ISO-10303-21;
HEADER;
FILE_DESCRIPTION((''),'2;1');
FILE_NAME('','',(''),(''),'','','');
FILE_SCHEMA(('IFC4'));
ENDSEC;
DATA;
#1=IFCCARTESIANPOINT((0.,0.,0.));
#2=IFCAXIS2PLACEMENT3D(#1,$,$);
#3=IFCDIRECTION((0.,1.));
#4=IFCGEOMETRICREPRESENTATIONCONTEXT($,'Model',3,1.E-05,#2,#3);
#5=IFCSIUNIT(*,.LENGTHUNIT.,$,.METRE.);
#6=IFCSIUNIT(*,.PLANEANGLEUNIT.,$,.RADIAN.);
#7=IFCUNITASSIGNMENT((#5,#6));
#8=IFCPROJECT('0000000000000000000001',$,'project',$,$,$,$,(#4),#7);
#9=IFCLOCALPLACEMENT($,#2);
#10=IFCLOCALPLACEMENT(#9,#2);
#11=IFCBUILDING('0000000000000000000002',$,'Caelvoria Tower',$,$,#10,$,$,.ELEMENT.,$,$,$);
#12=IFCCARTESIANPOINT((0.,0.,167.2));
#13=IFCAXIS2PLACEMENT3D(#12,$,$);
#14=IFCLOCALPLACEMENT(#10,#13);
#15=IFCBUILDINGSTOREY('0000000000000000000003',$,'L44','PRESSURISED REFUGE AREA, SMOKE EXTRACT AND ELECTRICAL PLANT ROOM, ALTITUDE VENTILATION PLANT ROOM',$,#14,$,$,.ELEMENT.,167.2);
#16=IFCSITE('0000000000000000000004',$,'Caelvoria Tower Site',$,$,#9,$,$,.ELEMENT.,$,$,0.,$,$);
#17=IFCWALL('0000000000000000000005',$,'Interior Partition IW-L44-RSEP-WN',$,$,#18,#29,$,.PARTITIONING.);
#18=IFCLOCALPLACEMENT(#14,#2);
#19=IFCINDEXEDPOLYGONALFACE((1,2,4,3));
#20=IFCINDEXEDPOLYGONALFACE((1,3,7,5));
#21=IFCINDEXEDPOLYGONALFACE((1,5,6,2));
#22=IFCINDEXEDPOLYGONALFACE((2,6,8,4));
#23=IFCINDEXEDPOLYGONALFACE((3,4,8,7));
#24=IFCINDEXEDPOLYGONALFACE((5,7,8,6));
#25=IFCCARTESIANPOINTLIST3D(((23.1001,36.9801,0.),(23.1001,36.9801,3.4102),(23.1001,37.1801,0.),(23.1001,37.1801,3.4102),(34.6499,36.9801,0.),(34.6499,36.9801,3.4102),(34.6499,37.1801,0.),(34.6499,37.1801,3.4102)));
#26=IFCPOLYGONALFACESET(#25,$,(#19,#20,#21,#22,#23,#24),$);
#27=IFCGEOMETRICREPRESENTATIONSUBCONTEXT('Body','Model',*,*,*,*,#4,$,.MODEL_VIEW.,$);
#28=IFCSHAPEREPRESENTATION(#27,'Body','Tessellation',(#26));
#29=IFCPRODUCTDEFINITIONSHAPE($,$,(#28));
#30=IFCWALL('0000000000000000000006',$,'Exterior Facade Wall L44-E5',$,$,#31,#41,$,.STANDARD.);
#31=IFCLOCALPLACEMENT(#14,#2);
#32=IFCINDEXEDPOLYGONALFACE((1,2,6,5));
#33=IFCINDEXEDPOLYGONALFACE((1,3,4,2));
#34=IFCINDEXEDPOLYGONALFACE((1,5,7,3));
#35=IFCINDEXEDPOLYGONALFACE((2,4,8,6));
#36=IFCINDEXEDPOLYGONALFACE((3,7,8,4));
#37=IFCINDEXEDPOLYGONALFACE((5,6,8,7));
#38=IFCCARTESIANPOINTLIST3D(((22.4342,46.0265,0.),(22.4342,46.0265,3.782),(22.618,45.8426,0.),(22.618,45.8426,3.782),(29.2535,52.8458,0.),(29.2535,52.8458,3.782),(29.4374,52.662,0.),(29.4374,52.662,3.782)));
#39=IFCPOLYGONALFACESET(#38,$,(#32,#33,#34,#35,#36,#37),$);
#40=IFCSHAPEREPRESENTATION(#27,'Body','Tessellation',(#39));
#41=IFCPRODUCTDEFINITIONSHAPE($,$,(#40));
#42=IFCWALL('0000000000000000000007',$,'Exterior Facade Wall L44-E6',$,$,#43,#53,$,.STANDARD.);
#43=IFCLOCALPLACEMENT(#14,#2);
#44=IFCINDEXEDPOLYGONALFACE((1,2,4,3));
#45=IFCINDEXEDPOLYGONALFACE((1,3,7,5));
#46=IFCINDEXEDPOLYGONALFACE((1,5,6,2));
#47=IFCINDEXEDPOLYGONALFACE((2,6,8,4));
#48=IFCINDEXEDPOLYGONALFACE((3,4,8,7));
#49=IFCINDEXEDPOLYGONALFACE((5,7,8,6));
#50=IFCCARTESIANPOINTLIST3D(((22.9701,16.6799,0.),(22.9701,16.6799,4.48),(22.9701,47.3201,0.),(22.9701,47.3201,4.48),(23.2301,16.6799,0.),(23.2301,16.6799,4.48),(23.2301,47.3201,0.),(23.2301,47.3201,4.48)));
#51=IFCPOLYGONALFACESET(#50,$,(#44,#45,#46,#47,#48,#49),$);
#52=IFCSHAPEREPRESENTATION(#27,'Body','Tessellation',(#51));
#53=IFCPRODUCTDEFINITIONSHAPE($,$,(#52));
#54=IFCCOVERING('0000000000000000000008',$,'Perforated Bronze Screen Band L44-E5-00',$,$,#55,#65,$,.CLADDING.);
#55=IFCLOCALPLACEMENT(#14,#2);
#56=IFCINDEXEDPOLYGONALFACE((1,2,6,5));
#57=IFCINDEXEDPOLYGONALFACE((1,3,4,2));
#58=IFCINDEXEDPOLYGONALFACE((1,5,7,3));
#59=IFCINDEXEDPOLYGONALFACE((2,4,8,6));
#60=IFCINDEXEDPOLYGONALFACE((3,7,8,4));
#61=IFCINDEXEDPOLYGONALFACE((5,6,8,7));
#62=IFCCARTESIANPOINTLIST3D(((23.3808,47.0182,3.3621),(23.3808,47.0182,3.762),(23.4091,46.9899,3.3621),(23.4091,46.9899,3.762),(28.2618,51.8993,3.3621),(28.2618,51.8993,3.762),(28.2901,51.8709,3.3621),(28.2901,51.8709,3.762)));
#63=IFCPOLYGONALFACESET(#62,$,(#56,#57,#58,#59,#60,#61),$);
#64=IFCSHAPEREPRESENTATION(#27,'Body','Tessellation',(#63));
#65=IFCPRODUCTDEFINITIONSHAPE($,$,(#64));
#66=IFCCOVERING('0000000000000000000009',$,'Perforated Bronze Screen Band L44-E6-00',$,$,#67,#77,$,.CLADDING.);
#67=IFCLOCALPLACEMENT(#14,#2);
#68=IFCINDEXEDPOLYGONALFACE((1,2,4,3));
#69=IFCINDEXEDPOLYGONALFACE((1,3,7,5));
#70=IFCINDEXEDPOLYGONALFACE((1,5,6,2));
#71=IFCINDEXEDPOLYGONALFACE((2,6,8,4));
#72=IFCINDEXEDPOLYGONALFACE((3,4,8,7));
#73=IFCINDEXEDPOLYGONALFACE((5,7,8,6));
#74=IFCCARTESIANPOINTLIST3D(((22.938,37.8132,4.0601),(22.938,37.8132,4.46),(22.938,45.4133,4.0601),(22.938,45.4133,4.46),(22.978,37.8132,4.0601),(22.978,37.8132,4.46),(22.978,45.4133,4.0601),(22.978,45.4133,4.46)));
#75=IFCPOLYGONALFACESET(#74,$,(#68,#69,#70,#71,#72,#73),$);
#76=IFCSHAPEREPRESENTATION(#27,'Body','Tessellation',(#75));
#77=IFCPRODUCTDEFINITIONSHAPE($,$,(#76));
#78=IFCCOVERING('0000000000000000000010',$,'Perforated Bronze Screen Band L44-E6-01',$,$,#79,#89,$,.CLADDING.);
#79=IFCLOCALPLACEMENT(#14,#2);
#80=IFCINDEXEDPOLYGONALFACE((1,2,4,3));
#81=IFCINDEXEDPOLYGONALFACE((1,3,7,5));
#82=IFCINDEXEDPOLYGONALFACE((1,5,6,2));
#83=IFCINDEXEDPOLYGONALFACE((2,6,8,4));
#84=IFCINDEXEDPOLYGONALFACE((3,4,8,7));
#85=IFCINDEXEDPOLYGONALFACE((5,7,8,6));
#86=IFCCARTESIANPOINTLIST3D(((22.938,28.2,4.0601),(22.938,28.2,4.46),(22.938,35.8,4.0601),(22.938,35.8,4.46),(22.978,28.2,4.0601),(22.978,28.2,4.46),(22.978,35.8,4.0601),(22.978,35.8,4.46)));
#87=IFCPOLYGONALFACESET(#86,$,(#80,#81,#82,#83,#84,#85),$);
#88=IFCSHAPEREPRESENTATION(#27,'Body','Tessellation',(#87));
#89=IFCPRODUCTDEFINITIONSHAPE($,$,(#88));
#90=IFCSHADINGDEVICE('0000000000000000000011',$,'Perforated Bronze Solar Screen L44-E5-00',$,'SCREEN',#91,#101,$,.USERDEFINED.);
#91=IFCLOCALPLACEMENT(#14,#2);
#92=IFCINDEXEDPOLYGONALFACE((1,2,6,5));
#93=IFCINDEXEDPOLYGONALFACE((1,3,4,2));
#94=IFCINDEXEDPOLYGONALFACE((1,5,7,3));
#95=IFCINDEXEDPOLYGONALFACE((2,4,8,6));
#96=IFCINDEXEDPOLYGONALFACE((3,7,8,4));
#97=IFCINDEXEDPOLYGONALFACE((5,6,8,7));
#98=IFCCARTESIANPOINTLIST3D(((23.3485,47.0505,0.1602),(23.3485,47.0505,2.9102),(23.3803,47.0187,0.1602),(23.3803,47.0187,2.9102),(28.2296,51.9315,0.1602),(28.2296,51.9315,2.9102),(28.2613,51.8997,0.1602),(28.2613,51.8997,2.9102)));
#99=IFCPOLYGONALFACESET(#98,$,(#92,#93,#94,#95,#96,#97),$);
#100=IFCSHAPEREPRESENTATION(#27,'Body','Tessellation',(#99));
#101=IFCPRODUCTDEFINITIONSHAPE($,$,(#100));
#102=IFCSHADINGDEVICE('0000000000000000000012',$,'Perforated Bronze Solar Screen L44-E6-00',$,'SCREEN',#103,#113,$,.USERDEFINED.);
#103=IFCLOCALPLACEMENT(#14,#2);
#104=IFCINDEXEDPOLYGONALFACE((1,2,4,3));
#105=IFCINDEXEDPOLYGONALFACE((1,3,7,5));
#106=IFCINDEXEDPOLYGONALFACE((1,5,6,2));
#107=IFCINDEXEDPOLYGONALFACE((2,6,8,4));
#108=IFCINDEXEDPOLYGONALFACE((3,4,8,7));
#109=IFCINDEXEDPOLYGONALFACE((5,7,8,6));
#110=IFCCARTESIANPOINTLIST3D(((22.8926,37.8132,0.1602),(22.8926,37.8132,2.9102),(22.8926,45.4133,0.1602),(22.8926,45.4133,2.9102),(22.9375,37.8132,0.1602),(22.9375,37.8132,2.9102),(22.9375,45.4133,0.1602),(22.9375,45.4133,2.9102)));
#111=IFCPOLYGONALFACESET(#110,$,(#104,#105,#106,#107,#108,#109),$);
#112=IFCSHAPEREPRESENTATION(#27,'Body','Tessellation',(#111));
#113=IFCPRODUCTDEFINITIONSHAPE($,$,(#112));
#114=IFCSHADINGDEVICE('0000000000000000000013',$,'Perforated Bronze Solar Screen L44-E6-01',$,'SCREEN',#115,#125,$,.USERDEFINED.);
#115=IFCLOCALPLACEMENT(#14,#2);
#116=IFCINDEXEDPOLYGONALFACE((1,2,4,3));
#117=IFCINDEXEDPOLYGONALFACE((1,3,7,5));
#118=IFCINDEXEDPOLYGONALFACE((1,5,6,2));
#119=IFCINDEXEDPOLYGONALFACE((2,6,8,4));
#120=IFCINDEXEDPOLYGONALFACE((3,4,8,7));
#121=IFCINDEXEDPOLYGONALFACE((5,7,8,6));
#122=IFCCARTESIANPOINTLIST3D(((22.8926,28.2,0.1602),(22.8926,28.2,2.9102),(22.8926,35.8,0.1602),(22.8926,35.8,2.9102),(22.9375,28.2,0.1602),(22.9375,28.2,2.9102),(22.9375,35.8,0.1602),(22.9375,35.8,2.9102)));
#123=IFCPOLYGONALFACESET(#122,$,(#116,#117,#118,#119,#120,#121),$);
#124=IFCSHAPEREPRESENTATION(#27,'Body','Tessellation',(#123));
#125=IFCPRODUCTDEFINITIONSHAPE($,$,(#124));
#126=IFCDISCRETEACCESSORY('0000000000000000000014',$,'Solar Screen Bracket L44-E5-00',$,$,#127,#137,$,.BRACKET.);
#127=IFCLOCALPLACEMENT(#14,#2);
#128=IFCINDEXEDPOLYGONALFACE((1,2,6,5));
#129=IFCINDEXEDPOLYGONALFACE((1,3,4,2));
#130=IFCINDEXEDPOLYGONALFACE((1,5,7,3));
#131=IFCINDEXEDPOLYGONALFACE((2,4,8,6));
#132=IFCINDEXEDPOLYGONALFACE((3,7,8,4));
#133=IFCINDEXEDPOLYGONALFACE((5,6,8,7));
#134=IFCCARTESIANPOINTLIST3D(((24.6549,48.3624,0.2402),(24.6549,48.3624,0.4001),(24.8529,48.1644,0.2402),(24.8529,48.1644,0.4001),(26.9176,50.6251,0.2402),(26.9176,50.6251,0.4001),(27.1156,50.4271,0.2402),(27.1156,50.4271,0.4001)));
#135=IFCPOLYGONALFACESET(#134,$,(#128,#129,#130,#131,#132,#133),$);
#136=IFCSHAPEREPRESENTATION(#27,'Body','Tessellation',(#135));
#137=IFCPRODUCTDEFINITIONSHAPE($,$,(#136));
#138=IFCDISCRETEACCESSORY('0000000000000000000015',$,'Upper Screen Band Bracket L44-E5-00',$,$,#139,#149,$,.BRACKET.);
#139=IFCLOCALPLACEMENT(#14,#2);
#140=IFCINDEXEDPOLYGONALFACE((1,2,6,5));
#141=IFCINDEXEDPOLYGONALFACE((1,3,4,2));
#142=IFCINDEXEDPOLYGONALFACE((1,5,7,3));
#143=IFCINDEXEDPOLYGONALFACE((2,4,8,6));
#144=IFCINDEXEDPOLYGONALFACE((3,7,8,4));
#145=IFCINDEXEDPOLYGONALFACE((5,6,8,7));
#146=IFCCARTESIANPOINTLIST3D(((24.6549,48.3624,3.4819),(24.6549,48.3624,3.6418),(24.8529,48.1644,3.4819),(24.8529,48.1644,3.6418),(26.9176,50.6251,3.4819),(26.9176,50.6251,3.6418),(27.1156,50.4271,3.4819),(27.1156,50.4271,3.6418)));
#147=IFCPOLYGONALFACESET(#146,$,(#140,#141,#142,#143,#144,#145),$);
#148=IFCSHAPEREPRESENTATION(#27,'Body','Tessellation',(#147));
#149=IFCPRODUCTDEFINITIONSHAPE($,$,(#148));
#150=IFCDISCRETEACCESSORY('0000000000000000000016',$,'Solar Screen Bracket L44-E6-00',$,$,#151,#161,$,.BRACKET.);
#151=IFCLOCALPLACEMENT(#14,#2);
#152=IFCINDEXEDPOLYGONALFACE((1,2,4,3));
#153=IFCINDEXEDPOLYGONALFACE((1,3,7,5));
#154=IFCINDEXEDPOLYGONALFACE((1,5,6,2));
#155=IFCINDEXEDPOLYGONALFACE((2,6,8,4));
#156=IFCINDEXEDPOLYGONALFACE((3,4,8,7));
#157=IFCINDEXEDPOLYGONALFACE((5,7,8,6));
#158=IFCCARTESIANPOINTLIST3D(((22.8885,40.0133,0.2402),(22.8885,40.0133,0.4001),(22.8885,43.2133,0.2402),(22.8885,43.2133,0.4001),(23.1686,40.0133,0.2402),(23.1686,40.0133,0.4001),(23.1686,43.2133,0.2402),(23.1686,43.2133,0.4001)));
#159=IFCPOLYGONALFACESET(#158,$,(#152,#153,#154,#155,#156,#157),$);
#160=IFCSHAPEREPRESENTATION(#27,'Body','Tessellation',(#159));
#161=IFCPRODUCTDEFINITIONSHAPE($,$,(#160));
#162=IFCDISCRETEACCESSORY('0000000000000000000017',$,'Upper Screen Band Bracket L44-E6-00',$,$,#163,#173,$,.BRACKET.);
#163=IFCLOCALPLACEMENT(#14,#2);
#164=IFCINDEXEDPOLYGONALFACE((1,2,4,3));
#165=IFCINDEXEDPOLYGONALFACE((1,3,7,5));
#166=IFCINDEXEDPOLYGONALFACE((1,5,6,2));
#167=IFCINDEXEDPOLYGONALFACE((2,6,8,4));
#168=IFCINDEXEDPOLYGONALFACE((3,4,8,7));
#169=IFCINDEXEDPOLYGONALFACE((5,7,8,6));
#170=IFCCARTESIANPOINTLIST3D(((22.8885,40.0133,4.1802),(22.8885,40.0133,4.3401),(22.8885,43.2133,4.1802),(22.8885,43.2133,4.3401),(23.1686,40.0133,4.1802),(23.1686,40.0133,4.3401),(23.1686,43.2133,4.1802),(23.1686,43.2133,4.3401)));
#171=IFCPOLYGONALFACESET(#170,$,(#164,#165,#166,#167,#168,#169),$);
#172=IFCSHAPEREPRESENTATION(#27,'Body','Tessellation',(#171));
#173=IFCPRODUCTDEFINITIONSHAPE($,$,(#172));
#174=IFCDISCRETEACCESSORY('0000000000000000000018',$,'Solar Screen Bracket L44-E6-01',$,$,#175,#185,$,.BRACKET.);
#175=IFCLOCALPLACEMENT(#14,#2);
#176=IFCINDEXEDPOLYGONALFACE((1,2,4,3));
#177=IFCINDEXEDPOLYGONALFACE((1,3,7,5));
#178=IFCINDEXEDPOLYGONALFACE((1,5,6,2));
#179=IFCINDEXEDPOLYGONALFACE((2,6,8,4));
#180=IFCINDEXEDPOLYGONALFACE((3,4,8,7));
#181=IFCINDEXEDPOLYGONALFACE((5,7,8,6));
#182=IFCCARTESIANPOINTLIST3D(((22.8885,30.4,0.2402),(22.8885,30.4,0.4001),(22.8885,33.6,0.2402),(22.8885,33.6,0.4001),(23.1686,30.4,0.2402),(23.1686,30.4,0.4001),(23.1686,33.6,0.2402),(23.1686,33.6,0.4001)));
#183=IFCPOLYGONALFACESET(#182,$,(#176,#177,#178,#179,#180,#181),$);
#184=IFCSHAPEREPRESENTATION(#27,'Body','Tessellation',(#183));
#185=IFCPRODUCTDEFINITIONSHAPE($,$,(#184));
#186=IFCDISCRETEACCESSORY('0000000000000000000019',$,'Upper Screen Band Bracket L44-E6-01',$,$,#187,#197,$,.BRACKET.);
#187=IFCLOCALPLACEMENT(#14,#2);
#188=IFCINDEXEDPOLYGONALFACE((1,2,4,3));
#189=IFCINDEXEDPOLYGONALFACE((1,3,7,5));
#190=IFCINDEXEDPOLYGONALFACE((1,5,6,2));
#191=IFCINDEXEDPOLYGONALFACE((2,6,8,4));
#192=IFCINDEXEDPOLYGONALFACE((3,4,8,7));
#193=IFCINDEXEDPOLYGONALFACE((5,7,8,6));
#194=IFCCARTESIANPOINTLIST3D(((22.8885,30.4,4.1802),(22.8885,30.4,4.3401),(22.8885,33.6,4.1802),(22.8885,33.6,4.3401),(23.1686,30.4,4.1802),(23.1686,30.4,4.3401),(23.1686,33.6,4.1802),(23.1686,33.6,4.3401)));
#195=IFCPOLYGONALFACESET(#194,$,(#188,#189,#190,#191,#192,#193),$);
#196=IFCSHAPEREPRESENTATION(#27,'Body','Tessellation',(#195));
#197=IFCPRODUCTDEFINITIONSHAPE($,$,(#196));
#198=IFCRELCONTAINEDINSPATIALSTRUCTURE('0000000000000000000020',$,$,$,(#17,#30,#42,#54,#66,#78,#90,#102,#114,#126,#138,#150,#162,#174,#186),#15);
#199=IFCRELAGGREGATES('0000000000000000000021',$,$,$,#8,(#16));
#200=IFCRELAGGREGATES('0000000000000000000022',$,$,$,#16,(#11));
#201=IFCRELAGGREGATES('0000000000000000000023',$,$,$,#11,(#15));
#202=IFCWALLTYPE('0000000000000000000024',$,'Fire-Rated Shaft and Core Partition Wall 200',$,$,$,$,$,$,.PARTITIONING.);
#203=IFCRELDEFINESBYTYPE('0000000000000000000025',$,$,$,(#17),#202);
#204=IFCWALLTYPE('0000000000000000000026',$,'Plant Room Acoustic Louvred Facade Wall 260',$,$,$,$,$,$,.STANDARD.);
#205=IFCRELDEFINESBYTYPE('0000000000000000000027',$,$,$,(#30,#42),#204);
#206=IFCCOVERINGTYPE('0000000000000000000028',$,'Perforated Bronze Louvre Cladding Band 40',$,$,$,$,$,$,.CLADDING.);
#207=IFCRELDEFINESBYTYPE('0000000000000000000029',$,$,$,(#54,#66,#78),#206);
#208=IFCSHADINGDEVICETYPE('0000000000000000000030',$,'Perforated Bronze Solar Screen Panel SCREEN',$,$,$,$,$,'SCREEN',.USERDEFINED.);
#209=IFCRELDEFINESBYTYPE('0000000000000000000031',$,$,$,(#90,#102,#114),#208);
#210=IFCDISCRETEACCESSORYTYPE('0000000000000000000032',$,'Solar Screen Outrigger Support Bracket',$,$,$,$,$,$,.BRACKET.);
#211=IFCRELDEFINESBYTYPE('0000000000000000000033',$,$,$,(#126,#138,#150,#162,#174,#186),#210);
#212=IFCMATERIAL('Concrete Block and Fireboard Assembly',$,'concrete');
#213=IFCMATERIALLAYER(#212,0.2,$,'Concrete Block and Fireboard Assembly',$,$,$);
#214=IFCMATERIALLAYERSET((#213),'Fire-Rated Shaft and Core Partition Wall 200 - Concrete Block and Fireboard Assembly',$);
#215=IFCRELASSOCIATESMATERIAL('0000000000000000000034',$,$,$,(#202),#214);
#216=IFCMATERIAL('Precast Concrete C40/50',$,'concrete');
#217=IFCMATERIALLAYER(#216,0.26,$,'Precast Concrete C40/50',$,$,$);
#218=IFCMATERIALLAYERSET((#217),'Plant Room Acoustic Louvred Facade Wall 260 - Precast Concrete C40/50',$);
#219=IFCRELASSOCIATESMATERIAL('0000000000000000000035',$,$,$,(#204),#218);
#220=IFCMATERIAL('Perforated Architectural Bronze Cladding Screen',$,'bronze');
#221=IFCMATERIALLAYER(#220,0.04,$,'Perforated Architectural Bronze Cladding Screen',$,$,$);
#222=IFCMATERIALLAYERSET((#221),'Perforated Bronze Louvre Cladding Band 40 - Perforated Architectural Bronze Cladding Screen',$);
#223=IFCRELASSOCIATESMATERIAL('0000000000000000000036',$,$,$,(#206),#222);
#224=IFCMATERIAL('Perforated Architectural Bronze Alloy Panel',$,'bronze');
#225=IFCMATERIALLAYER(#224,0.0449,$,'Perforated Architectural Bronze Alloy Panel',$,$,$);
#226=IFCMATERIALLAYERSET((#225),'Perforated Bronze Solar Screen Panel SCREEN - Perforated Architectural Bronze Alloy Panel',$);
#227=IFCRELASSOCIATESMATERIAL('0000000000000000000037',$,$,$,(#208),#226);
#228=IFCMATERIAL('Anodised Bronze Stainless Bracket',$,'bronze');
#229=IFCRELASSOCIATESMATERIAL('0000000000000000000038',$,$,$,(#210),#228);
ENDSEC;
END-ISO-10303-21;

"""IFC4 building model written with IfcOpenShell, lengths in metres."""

from ifc_helpers import new_model, si_unit, direction, frame, frame_2d, origin, origin_2d, place, context, subcontext, project, spatial, rectangle, extrude, material, layer, layer_set, type_object, element, save


model = new_model("IFC4")

# Units and contexts
model_context = context("Model", 3, precision=1e-05, world=origin(), true_north=direction((0.0, 1.0)))
body_context = subcontext(model_context, "Body", "Model", "MODEL_VIEW")
ifc_project = project(units=[si_unit("LENGTHUNIT", "METRE"), si_unit("PLANEANGLEUNIT", "RADIAN")], contexts=[model_context])

# Site, building, storey
site_placement = place(None, origin())
site = spatial("IfcSite", under=ifc_project, at=site_placement, Name="Caelvoria Tower Site", CompositionType="ELEMENT", RefElevation=0.0)
building_placement = place(site_placement, origin())
building = spatial("IfcBuilding", under=site, at=building_placement, Name="Caelvoria Tower", CompositionType="ELEMENT")
storey_placement = place(building_placement, frame((0.0, 0.0, 167.2)))
storey = spatial("IfcBuildingStorey", under=building, at=storey_placement, Name="L44", Description="PRESSURISED REFUGE AREA, SMOKE EXTRACT AND ELECTRICAL PLANT ROOM, ALTITUDE VENTILATION PLANT ROOM", CompositionType="ELEMENT", Elevation=167.2)

# Walls
ifc_material_1 = material(Name="Concrete Block and Fireboard Assembly", Category="concrete")
ifc_layer_1 = layer(ifc_material_1, 0.2, Name="Concrete Block and Fireboard Assembly")
ifc_layer_set_1 = layer_set([ifc_layer_1], Name="Fire-Rated Shaft and Core Partition Wall 200 - Concrete Block and Fireboard Assembly")
wall_type_1 = type_object("IfcWallType", Name="Fire-Rated Shaft and Core Partition Wall 200", PredefinedType="PARTITIONING", material=ifc_layer_set_1)
wall_1_placement = place(storey_placement, frame((23.1001, 37.0801, 0.0), z_axis=(0.0, 0.0, 1.0), x_axis=(1.0, 0.0, 0.0)))
element("IfcWall", 1, at=wall_1_placement, inside=storey, type_object=wall_type_1, Name="Interior Partition IW-L44-RSEP-WN", PredefinedType="PARTITIONING", context=body_context, shape_type="SweptSolid", body=[
    extrude(rectangle(XDim=11.5498, YDim=0.2, at=frame_2d((5.7749, 0.0))), origin(), (0.0, 0.0, 1.0), 3.4102),
])
ifc_material_2 = material(Name="Precast Concrete C40/50", Category="concrete")
ifc_layer_2 = layer(ifc_material_2, 0.26, Name="Precast Concrete C40/50")
ifc_layer_set_2 = layer_set([ifc_layer_2], Name="Plant Room Acoustic Louvred Facade Wall 260 - Precast Concrete C40/50")
wall_type_2 = type_object("IfcWallType", Name="Plant Room Acoustic Louvred Facade Wall 260", PredefinedType="STANDARD", material=ifc_layer_set_2)
wall_2_placement = place(storey_placement, frame((29.3455, 52.7539, 0.0), z_axis=(0.0, 0.0, 1.0), x_axis=(-0.707107, -0.707107, 0.0)))
element("IfcWall", 2, at=wall_2_placement, inside=storey, type_object=wall_type_2, Name="Exterior Facade Wall L44-E5", PredefinedType="STANDARD", context=body_context, shape_type="SweptSolid", body=[
    extrude(rectangle(XDim=9.644, YDim=0.26, at=frame_2d((4.822, 0.0))), origin(), (0.0, 0.0, 1.0), 3.782),
])
wall_3_placement = place(storey_placement, frame((23.1001, 47.3201, 0.0), z_axis=(0.0, 0.0, 1.0), x_axis=(0.0, -1.0, 0.0)))
element("IfcWall", 3, at=wall_3_placement, inside=storey, type_object=wall_type_2, Name="Exterior Facade Wall L44-E6", PredefinedType="STANDARD", context=body_context, shape_type="SweptSolid", body=[
    extrude(rectangle(XDim=30.6401, YDim=0.26, at=frame_2d((15.3201, 0.0))), origin(), (0.0, 0.0, 1.0), 4.48),
])

# Coverings
ifc_material_3 = material(Name="Perforated Architectural Bronze Cladding Screen", Category="bronze")
ifc_layer_3 = layer(ifc_material_3, 0.04, Name="Perforated Architectural Bronze Cladding Screen")
ifc_layer_set_3 = layer_set([ifc_layer_3], Name="Perforated Bronze Louvre Cladding Band 40 - Perforated Architectural Bronze Cladding Screen")
covering_type = type_object("IfcCoveringType", Name="Perforated Bronze Louvre Cladding Band 40", PredefinedType="CLADDING", material=ifc_layer_set_3)
covering_placement = place(storey_placement, frame((25.8354, 49.4446, 3.3621), z_axis=(0.0, 0.0, 1.0), x_axis=(-0.707107, -0.707107, 0.0)))
element("IfcCovering", 4, at=covering_placement, inside=storey, type_object=covering_type, Name="Perforated Bronze Screen Band L44-E5-00", PredefinedType="CLADDING", context=body_context, shape_type="SweptSolid", body=[
    extrude(rectangle(XDim=6.9028, YDim=0.04, at=origin_2d()), origin(), (0.0, 0.0, 1.0), 0.3999),
])
for number, where, z_axis, x_axis, name in (
    (5, (22.958, 41.6133, 4.0601), (0.0, 0.0, 1.0), (0.0, -1.0, 0.0), "Perforated Bronze Screen Band L44-E6-00"),
    (6, (22.958, 32.0, 4.0601), (0.0, 0.0, 1.0), (0.0, -1.0, 0.0), "Perforated Bronze Screen Band L44-E6-01"),
):
    element("IfcCovering", number, at=place(storey_placement, frame(where, z_axis=z_axis, x_axis=x_axis)), inside=storey, type_object=covering_type, Name=name, PredefinedType="CLADDING", context=body_context, shape_type="SweptSolid", body=[
        extrude(rectangle(XDim=7.6001, YDim=0.04, at=origin_2d()), origin(), (0.0, 0.0, 1.0), 0.3999),
    ])

# Shading devices
ifc_material_4 = material(Name="Perforated Architectural Bronze Alloy Panel", Category="bronze")
ifc_layer_4 = layer(ifc_material_4, 0.0449, Name="Perforated Architectural Bronze Alloy Panel")
ifc_layer_set_4 = layer_set([ifc_layer_4], Name="Perforated Bronze Solar Screen Panel SCREEN - Perforated Architectural Bronze Alloy Panel")
shading_device_type = type_object("IfcShadingDeviceType", Name="Perforated Bronze Solar Screen Panel SCREEN", ElementType="SCREEN", PredefinedType="USERDEFINED", material=ifc_layer_set_4)
shading_device_placement = place(storey_placement, frame((25.8049, 49.4751, 0.1602), z_axis=(0.0, 0.0, 1.0), x_axis=(-0.707107, -0.707107, 0.0)))
element("IfcShadingDevice", 7, at=shading_device_placement, inside=storey, type_object=shading_device_type, Name="Perforated Bronze Solar Screen L44-E5-00", ObjectType="SCREEN", PredefinedType="USERDEFINED", context=body_context, shape_type="SweptSolid", body=[
    extrude(rectangle(XDim=6.9028, YDim=0.0449, at=origin_2d()), origin(), (0.0, 0.0, 1.0), 2.75),
])
for number, where, z_axis, x_axis, name in (
    (8, (22.915, 41.6133, 0.1602), (0.0, 0.0, 1.0), (0.0, -1.0, 0.0), "Perforated Bronze Solar Screen L44-E6-00"),
    (9, (22.915, 32.0, 0.1602), (0.0, 0.0, 1.0), (0.0, -1.0, 0.0), "Perforated Bronze Solar Screen L44-E6-01"),
):
    element("IfcShadingDevice", number, at=place(storey_placement, frame(where, z_axis=z_axis, x_axis=x_axis)), inside=storey, type_object=shading_device_type, Name=name, ObjectType="SCREEN", PredefinedType="USERDEFINED", context=body_context, shape_type="SweptSolid", body=[
        extrude(rectangle(XDim=7.6001, YDim=0.0449, at=origin_2d()), origin(), (0.0, 0.0, 1.0), 2.75),
    ])

# Discrete accessories
ifc_material_5 = material(Name="Anodised Bronze Stainless Bracket", Category="bronze")
discrete_accessory_type = type_object("IfcDiscreteAccessoryType", Name="Solar Screen Outrigger Support Bracket", PredefinedType="BRACKET", material=ifc_material_5)
for number, where, z_axis, x_axis, name in (
    (10, (25.8853, 49.3948, 0.2402), (0.0, 0.0, 1.0), (-0.707107, -0.707107, 0.0), "Solar Screen Bracket L44-E5-00"),
    (11, (25.8853, 49.3948, 3.4819), (0.0, 0.0, 1.0), (-0.707107, -0.707107, 0.0), "Upper Screen Band Bracket L44-E5-00"),
    (12, (23.0286, 41.6133, 0.2402), (0.0, 0.0, 1.0), (0.0, -1.0, 0.0), "Solar Screen Bracket L44-E6-00"),
    (13, (23.0286, 41.6133, 4.1802), (0.0, 0.0, 1.0), (0.0, -1.0, 0.0), "Upper Screen Band Bracket L44-E6-00"),
    (14, (23.0286, 32.0, 0.2402), (0.0, 0.0, 1.0), (0.0, -1.0, 0.0), "Solar Screen Bracket L44-E6-01"),
    (15, (23.0286, 32.0, 4.1802), (0.0, 0.0, 1.0), (0.0, -1.0, 0.0), "Upper Screen Band Bracket L44-E6-01"),
):
    element("IfcDiscreteAccessory", number, at=place(storey_placement, frame(where, z_axis=z_axis, x_axis=x_axis)), inside=storey, type_object=discrete_accessory_type, Name=name, PredefinedType="BRACKET", context=body_context, shape_type="SweptSolid", body=[
        extrude(rectangle(XDim=3.2, YDim=0.28, at=origin_2d()), origin(), (0.0, 0.0, 1.0), 0.1599),
    ])

save(model, "model.ifc")
